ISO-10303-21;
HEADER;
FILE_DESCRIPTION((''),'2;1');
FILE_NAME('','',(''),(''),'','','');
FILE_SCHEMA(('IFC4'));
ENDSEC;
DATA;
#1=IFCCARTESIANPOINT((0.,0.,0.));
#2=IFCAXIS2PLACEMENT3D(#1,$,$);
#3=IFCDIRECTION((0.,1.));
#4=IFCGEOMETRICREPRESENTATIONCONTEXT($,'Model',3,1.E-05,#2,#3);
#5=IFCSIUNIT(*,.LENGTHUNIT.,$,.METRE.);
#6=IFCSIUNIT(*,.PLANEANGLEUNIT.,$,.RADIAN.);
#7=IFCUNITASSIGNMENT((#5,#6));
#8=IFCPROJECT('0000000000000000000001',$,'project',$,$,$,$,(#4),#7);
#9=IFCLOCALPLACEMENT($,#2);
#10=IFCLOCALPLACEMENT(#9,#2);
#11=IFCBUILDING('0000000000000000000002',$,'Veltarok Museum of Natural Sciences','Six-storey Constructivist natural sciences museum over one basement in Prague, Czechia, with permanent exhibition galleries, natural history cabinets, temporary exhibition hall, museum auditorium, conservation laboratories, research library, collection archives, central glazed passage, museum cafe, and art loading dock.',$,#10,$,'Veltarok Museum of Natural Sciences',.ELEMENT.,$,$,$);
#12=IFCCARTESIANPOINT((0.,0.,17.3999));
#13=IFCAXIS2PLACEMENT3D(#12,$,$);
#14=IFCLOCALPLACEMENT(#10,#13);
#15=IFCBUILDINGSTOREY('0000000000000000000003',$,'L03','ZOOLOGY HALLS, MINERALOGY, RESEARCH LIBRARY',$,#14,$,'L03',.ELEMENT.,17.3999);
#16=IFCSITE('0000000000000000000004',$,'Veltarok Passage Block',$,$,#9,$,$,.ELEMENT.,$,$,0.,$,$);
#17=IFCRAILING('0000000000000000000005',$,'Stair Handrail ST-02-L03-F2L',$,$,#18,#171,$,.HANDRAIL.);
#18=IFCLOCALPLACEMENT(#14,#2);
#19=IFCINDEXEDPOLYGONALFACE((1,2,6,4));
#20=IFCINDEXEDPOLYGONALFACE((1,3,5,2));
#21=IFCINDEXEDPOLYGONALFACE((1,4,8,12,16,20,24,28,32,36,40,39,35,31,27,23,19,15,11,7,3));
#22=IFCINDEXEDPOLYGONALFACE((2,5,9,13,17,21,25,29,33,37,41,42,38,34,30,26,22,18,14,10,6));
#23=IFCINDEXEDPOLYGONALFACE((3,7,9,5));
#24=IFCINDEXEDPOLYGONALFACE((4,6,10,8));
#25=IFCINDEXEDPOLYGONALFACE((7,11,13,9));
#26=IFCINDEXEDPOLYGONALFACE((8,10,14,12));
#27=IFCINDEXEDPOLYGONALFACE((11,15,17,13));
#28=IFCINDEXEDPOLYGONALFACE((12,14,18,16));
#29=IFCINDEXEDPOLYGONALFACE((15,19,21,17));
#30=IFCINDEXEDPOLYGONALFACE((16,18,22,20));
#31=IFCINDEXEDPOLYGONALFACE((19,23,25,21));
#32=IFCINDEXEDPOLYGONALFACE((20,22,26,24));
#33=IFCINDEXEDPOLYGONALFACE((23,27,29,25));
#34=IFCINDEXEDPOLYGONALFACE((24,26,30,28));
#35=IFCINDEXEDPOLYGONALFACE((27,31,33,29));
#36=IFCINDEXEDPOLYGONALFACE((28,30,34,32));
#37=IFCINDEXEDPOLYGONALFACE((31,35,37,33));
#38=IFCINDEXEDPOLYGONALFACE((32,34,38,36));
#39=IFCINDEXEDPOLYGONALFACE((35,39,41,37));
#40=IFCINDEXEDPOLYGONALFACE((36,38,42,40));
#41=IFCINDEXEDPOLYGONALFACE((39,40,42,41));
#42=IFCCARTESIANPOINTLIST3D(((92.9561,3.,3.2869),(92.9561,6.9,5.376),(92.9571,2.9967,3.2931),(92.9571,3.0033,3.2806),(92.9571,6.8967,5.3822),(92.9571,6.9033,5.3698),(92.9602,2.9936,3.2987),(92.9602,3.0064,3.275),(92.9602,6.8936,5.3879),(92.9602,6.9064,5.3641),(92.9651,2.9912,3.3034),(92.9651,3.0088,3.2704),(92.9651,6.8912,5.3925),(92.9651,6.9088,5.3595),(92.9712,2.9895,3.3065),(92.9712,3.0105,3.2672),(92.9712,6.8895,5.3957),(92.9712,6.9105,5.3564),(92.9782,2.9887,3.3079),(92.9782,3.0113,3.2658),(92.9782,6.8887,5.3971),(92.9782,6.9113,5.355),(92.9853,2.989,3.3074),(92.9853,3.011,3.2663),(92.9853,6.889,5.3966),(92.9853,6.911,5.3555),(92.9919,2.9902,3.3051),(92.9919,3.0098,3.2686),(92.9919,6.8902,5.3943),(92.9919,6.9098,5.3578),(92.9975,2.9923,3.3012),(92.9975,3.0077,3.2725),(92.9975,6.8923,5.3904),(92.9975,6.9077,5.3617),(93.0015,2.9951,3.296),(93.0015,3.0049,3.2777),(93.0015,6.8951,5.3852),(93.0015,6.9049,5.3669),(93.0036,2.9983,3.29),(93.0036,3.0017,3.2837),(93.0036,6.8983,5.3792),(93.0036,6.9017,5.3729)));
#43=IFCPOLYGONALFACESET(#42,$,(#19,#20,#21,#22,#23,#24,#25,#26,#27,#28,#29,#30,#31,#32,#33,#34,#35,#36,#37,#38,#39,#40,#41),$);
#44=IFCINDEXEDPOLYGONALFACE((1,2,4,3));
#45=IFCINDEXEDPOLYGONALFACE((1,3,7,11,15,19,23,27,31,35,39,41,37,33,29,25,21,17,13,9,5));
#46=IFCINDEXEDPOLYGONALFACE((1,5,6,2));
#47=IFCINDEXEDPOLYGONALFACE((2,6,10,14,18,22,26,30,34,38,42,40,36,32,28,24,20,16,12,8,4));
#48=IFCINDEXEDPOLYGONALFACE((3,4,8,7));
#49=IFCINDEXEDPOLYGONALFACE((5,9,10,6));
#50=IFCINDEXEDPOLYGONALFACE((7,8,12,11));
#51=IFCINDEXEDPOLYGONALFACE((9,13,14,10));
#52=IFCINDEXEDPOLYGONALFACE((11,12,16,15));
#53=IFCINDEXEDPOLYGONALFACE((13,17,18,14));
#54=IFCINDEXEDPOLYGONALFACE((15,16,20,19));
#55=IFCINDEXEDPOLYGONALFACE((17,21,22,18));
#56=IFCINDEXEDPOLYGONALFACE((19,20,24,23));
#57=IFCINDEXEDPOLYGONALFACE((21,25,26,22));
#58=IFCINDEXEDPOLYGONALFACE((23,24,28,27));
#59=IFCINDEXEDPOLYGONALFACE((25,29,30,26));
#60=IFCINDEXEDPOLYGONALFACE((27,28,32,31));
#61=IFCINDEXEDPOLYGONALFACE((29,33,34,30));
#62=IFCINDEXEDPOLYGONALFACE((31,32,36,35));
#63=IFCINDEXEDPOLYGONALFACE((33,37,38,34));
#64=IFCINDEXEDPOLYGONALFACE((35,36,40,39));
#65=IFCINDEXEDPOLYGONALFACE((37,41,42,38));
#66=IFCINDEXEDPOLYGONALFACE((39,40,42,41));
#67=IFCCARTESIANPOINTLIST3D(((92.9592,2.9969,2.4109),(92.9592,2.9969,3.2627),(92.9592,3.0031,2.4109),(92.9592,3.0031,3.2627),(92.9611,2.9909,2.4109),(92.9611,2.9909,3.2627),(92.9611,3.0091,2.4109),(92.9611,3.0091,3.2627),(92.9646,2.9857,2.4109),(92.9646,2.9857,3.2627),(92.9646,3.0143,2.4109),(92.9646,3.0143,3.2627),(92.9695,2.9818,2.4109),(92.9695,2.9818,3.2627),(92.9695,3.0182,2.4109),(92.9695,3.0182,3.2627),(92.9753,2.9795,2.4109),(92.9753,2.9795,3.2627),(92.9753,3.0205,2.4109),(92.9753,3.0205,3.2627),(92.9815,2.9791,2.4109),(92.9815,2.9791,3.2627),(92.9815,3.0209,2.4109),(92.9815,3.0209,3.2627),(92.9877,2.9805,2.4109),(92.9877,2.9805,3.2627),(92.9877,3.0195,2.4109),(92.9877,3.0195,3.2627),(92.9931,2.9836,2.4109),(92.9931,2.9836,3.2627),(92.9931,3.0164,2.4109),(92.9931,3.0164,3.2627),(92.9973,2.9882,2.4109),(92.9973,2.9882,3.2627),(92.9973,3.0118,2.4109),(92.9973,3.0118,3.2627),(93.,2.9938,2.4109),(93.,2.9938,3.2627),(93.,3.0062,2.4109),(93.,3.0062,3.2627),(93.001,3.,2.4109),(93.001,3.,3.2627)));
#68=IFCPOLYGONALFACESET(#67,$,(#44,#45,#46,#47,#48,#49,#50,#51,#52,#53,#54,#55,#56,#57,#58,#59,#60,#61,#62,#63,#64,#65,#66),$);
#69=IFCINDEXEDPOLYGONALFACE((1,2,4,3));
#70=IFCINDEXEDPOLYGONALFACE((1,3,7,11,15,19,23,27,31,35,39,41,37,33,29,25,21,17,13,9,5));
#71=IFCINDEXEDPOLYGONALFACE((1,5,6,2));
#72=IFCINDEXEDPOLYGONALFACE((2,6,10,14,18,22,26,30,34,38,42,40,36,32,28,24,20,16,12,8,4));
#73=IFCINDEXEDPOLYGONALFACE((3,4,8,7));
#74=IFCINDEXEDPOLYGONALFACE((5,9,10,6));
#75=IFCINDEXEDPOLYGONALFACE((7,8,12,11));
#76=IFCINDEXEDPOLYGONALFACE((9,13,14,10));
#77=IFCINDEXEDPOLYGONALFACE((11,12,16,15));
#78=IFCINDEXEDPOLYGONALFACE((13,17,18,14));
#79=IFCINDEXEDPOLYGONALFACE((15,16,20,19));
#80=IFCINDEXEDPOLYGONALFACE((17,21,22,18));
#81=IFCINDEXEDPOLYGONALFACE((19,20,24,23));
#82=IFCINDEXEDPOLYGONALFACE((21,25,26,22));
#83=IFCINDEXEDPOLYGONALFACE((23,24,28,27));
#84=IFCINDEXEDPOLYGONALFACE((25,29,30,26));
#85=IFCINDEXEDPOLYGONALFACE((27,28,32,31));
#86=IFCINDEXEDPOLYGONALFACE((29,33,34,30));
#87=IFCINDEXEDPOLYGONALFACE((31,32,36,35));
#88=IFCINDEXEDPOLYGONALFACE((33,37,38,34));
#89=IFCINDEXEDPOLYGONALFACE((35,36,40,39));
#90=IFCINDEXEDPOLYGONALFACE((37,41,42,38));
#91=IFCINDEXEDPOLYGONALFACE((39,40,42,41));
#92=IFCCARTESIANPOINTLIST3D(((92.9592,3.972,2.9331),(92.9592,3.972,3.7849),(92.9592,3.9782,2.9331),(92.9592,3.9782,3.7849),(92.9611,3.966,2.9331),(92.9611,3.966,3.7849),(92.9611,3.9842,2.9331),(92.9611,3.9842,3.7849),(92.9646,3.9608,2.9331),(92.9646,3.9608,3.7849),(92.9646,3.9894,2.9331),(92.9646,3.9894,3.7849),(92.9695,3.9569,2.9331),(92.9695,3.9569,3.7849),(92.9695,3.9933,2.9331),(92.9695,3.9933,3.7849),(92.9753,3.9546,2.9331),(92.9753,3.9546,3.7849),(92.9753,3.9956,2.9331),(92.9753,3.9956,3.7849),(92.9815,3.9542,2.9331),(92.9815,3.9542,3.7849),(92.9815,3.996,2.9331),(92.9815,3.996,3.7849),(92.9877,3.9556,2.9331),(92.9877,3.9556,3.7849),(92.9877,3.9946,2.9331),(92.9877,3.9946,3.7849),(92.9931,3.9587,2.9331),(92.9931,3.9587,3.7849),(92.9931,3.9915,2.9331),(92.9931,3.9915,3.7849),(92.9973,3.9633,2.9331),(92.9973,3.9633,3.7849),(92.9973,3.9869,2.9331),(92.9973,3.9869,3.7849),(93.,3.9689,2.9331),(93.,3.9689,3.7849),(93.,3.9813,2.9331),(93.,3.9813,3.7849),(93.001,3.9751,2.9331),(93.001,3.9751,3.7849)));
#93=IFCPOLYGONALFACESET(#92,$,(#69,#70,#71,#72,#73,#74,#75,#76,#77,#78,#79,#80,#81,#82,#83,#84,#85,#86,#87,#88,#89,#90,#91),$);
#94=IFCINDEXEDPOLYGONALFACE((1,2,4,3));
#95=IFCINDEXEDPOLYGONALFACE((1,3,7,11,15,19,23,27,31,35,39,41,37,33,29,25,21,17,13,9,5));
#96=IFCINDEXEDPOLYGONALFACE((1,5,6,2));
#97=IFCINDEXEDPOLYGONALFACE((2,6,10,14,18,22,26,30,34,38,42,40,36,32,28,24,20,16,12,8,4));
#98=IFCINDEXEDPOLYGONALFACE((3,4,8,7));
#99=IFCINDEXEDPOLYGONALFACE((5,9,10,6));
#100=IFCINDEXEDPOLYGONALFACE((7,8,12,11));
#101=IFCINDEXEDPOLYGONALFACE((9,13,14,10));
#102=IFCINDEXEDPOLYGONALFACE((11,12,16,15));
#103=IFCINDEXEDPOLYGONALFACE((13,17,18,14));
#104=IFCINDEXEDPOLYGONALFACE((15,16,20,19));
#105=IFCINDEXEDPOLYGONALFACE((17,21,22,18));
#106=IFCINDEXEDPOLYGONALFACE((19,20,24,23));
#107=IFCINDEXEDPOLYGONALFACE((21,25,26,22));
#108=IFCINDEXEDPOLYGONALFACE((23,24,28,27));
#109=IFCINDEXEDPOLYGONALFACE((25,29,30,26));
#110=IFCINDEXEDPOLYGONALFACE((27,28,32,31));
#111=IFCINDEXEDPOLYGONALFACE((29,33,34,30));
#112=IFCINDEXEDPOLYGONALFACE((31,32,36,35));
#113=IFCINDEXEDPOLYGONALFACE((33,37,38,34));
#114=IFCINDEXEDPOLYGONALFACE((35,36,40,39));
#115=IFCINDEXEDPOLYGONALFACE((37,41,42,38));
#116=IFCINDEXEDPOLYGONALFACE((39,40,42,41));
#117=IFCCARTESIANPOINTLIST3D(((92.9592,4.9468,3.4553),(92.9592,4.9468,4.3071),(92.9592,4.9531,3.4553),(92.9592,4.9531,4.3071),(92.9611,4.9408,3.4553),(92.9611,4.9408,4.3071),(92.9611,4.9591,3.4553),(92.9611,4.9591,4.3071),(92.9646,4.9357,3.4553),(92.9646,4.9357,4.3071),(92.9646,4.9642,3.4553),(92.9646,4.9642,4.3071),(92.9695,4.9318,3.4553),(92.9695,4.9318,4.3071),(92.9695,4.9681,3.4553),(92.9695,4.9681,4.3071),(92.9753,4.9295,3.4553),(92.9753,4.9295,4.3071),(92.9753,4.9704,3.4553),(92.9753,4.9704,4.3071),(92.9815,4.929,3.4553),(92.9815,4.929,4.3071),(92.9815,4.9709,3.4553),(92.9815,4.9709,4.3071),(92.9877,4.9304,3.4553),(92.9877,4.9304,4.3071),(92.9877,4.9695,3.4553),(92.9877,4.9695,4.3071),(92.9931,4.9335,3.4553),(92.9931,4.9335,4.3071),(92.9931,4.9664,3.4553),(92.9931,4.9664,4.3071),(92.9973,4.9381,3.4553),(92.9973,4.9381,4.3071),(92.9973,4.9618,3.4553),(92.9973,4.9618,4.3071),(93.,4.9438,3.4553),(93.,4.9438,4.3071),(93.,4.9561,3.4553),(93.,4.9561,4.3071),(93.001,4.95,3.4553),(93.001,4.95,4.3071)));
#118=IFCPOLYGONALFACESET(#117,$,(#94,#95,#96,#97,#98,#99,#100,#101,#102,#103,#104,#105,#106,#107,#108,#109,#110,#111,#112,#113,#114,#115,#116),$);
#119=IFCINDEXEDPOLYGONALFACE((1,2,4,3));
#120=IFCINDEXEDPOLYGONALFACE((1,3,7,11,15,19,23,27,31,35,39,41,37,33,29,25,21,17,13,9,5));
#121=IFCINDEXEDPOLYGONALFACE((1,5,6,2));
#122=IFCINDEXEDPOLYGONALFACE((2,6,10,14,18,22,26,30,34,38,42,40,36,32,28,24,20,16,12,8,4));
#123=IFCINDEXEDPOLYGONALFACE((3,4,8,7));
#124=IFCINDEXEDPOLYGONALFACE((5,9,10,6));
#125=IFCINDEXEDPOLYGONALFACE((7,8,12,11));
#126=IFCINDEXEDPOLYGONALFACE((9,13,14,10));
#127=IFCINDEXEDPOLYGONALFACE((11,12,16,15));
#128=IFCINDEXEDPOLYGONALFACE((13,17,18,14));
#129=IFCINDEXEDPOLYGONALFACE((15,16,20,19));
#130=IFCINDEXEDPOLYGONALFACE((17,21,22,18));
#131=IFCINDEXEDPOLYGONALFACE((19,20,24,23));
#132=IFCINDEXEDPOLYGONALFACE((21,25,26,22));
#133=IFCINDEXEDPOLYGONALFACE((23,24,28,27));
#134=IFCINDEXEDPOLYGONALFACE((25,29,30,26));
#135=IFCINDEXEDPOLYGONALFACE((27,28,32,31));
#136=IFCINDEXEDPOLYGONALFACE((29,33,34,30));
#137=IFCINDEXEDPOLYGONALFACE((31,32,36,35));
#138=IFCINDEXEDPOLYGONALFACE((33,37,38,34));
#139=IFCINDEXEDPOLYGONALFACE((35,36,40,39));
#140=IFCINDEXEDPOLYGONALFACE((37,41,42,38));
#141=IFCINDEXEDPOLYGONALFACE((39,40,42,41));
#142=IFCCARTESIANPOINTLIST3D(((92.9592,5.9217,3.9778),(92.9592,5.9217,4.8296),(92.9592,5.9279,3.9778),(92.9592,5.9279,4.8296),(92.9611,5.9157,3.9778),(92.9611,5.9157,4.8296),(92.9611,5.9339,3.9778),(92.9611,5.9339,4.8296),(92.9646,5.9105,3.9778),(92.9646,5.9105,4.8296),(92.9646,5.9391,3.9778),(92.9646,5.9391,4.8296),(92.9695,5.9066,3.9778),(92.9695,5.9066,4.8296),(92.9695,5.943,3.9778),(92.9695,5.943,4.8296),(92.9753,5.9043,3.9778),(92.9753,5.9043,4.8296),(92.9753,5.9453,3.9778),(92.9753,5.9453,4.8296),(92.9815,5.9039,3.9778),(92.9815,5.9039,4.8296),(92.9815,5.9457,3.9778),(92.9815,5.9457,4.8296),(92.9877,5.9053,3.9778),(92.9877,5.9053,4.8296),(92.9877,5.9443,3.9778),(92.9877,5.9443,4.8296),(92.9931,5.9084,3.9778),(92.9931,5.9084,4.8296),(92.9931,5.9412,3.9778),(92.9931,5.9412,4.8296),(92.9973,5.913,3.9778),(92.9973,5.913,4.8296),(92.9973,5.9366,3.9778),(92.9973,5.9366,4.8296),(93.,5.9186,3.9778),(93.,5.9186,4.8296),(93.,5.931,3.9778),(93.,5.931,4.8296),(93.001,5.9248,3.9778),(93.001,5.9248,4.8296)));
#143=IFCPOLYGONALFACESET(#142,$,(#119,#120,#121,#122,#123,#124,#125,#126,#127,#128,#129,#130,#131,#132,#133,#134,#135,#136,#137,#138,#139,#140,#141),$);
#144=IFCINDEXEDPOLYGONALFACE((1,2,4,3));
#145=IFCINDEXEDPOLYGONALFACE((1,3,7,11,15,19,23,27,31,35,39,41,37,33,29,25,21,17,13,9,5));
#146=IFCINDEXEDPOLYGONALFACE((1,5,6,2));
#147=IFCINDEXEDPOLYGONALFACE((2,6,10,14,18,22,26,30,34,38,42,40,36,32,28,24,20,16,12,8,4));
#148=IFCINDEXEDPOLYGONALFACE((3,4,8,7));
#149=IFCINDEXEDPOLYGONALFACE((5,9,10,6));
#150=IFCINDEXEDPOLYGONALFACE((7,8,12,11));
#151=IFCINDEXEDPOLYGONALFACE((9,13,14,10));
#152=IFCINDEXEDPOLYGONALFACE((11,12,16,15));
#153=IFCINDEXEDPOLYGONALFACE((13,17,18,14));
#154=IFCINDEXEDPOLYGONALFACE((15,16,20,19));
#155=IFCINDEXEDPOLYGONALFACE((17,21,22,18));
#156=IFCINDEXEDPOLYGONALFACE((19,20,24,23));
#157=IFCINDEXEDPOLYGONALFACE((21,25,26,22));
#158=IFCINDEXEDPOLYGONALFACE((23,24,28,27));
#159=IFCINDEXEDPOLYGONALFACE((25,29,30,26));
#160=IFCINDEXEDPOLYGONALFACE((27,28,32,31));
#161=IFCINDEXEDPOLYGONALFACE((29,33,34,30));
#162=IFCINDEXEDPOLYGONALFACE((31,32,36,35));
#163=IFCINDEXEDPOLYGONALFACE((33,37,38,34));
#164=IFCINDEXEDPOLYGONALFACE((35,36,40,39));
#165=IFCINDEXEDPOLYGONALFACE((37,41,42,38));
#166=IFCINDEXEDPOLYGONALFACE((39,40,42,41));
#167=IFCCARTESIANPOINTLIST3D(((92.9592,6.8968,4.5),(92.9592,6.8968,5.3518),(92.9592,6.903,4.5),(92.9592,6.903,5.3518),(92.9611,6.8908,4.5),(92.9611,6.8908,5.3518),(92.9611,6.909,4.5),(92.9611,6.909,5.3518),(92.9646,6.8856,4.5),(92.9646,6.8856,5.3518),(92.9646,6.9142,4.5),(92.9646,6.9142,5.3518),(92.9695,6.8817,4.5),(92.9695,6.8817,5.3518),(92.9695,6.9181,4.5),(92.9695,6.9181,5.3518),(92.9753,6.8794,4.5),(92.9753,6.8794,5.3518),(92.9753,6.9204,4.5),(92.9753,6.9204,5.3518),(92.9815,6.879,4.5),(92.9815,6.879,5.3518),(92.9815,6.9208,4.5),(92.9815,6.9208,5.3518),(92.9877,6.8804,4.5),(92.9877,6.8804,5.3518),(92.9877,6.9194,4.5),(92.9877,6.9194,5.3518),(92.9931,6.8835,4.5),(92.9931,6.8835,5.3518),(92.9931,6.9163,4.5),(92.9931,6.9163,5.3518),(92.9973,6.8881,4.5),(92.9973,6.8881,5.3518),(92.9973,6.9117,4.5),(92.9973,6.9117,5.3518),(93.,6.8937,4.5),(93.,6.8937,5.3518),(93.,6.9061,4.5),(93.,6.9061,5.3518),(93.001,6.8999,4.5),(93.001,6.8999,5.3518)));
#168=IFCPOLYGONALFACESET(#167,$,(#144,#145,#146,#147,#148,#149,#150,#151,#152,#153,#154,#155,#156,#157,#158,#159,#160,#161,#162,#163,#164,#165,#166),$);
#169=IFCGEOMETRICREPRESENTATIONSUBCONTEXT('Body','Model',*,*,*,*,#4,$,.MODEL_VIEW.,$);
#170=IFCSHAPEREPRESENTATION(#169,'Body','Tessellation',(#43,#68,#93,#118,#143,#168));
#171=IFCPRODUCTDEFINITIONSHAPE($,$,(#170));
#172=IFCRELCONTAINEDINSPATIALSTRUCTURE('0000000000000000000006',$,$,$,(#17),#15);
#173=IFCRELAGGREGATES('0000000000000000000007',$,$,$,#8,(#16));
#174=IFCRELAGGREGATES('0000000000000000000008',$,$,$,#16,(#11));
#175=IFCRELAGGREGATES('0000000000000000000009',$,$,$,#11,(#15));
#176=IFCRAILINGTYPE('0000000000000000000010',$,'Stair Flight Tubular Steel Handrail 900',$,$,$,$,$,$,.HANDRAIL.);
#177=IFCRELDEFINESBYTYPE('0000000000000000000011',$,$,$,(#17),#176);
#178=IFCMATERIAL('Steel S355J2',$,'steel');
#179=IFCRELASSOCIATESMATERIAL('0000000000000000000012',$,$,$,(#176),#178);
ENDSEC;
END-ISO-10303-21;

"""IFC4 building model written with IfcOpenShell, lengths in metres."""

from ifc_helpers import new_model, si_unit, direction, frame, origin, origin_2d, place, context, subcontext, project, spatial, circle, extrude, material, type_object, element, save


model = new_model("IFC4")

# Units and contexts
model_context = context("Model", 3, precision=1e-05, world=origin(), true_north=direction((0.0, 1.0)))
body_context = subcontext(model_context, "Body", "Model", "MODEL_VIEW")
ifc_project = project(units=[si_unit("LENGTHUNIT", "METRE"), si_unit("PLANEANGLEUNIT", "RADIAN")], contexts=[model_context])

# Site, building, storey
site_placement = place(None, origin())
site = spatial("IfcSite", under=ifc_project, at=site_placement, Name="Veltarok Passage Block", CompositionType="ELEMENT", RefElevation=0.0)
building_placement = place(site_placement, origin())
building = spatial("IfcBuilding", under=site, at=building_placement, Name="Veltarok Museum of Natural Sciences", Description="Six-storey Constructivist natural sciences museum over one basement in Prague, Czechia, with permanent exhibition galleries, natural history cabinets, temporary exhibition hall, museum auditorium, conservation laboratories, research library, collection archives, central glazed passage, museum cafe, and art loading dock.", LongName="Veltarok Museum of Natural Sciences", CompositionType="ELEMENT")
storey_placement = place(building_placement, frame((0.0, 0.0, 17.3999)))
storey = spatial("IfcBuildingStorey", under=building, at=storey_placement, Name="L03", Description="ZOOLOGY HALLS, MINERALOGY, RESEARCH LIBRARY", LongName="L03", CompositionType="ELEMENT", Elevation=17.3999)

# Shared definitions
ifc_material_1 = material(Name="Steel S355J2", Category="steel")

# Railing
railing_type_1 = type_object("IfcRailingType", Name="Stair Flight Tubular Steel Handrail 900", PredefinedType="HANDRAIL", material=ifc_material_1)
for number, where, name in (
    (1, (92.98, 3.0, 2.4109), "Stair Handrail ST-02-L03-F2L"),
):
    element("IfcRailing", number, at=place(storey_placement, frame(where)), inside=storey, type_object=railing_type_1, Name=name, PredefinedType="HANDRAIL", context=body_context, shape_type="SweptSolid", body=[
        extrude(circle(Radius=0.0239, at=origin_2d()), frame((0.0, 0.0, 0.876), z_axis=(0.0, 0.881491, 0.4722), x_axis=(-1.0, 0.0, 0.0)), (0.0, 0.0, 1.0), 4.4243),
        extrude(circle(Radius=0.021, at=origin_2d()), origin(), (0.0, 0.0, 1.0), 0.8518),
        extrude(circle(Radius=0.021, at=origin_2d()), frame((0.0, 0.9751, 0.5222)), (0.0, 0.0, 1.0), 0.8518),
        extrude(circle(Radius=0.021, at=origin_2d()), frame((0.0, 1.95, 1.0444)), (0.0, 0.0, 1.0), 0.8518),
        extrude(circle(Radius=0.021, at=origin_2d()), frame((0.0, 2.9248, 1.5669)), (0.0, 0.0, 1.0), 0.8518),
        extrude(circle(Radius=0.021, at=origin_2d()), frame((0.0, 3.8999, 2.0891)), (0.0, 0.0, 1.0), 0.8518),
    ])

save(model, "model.ifc")
